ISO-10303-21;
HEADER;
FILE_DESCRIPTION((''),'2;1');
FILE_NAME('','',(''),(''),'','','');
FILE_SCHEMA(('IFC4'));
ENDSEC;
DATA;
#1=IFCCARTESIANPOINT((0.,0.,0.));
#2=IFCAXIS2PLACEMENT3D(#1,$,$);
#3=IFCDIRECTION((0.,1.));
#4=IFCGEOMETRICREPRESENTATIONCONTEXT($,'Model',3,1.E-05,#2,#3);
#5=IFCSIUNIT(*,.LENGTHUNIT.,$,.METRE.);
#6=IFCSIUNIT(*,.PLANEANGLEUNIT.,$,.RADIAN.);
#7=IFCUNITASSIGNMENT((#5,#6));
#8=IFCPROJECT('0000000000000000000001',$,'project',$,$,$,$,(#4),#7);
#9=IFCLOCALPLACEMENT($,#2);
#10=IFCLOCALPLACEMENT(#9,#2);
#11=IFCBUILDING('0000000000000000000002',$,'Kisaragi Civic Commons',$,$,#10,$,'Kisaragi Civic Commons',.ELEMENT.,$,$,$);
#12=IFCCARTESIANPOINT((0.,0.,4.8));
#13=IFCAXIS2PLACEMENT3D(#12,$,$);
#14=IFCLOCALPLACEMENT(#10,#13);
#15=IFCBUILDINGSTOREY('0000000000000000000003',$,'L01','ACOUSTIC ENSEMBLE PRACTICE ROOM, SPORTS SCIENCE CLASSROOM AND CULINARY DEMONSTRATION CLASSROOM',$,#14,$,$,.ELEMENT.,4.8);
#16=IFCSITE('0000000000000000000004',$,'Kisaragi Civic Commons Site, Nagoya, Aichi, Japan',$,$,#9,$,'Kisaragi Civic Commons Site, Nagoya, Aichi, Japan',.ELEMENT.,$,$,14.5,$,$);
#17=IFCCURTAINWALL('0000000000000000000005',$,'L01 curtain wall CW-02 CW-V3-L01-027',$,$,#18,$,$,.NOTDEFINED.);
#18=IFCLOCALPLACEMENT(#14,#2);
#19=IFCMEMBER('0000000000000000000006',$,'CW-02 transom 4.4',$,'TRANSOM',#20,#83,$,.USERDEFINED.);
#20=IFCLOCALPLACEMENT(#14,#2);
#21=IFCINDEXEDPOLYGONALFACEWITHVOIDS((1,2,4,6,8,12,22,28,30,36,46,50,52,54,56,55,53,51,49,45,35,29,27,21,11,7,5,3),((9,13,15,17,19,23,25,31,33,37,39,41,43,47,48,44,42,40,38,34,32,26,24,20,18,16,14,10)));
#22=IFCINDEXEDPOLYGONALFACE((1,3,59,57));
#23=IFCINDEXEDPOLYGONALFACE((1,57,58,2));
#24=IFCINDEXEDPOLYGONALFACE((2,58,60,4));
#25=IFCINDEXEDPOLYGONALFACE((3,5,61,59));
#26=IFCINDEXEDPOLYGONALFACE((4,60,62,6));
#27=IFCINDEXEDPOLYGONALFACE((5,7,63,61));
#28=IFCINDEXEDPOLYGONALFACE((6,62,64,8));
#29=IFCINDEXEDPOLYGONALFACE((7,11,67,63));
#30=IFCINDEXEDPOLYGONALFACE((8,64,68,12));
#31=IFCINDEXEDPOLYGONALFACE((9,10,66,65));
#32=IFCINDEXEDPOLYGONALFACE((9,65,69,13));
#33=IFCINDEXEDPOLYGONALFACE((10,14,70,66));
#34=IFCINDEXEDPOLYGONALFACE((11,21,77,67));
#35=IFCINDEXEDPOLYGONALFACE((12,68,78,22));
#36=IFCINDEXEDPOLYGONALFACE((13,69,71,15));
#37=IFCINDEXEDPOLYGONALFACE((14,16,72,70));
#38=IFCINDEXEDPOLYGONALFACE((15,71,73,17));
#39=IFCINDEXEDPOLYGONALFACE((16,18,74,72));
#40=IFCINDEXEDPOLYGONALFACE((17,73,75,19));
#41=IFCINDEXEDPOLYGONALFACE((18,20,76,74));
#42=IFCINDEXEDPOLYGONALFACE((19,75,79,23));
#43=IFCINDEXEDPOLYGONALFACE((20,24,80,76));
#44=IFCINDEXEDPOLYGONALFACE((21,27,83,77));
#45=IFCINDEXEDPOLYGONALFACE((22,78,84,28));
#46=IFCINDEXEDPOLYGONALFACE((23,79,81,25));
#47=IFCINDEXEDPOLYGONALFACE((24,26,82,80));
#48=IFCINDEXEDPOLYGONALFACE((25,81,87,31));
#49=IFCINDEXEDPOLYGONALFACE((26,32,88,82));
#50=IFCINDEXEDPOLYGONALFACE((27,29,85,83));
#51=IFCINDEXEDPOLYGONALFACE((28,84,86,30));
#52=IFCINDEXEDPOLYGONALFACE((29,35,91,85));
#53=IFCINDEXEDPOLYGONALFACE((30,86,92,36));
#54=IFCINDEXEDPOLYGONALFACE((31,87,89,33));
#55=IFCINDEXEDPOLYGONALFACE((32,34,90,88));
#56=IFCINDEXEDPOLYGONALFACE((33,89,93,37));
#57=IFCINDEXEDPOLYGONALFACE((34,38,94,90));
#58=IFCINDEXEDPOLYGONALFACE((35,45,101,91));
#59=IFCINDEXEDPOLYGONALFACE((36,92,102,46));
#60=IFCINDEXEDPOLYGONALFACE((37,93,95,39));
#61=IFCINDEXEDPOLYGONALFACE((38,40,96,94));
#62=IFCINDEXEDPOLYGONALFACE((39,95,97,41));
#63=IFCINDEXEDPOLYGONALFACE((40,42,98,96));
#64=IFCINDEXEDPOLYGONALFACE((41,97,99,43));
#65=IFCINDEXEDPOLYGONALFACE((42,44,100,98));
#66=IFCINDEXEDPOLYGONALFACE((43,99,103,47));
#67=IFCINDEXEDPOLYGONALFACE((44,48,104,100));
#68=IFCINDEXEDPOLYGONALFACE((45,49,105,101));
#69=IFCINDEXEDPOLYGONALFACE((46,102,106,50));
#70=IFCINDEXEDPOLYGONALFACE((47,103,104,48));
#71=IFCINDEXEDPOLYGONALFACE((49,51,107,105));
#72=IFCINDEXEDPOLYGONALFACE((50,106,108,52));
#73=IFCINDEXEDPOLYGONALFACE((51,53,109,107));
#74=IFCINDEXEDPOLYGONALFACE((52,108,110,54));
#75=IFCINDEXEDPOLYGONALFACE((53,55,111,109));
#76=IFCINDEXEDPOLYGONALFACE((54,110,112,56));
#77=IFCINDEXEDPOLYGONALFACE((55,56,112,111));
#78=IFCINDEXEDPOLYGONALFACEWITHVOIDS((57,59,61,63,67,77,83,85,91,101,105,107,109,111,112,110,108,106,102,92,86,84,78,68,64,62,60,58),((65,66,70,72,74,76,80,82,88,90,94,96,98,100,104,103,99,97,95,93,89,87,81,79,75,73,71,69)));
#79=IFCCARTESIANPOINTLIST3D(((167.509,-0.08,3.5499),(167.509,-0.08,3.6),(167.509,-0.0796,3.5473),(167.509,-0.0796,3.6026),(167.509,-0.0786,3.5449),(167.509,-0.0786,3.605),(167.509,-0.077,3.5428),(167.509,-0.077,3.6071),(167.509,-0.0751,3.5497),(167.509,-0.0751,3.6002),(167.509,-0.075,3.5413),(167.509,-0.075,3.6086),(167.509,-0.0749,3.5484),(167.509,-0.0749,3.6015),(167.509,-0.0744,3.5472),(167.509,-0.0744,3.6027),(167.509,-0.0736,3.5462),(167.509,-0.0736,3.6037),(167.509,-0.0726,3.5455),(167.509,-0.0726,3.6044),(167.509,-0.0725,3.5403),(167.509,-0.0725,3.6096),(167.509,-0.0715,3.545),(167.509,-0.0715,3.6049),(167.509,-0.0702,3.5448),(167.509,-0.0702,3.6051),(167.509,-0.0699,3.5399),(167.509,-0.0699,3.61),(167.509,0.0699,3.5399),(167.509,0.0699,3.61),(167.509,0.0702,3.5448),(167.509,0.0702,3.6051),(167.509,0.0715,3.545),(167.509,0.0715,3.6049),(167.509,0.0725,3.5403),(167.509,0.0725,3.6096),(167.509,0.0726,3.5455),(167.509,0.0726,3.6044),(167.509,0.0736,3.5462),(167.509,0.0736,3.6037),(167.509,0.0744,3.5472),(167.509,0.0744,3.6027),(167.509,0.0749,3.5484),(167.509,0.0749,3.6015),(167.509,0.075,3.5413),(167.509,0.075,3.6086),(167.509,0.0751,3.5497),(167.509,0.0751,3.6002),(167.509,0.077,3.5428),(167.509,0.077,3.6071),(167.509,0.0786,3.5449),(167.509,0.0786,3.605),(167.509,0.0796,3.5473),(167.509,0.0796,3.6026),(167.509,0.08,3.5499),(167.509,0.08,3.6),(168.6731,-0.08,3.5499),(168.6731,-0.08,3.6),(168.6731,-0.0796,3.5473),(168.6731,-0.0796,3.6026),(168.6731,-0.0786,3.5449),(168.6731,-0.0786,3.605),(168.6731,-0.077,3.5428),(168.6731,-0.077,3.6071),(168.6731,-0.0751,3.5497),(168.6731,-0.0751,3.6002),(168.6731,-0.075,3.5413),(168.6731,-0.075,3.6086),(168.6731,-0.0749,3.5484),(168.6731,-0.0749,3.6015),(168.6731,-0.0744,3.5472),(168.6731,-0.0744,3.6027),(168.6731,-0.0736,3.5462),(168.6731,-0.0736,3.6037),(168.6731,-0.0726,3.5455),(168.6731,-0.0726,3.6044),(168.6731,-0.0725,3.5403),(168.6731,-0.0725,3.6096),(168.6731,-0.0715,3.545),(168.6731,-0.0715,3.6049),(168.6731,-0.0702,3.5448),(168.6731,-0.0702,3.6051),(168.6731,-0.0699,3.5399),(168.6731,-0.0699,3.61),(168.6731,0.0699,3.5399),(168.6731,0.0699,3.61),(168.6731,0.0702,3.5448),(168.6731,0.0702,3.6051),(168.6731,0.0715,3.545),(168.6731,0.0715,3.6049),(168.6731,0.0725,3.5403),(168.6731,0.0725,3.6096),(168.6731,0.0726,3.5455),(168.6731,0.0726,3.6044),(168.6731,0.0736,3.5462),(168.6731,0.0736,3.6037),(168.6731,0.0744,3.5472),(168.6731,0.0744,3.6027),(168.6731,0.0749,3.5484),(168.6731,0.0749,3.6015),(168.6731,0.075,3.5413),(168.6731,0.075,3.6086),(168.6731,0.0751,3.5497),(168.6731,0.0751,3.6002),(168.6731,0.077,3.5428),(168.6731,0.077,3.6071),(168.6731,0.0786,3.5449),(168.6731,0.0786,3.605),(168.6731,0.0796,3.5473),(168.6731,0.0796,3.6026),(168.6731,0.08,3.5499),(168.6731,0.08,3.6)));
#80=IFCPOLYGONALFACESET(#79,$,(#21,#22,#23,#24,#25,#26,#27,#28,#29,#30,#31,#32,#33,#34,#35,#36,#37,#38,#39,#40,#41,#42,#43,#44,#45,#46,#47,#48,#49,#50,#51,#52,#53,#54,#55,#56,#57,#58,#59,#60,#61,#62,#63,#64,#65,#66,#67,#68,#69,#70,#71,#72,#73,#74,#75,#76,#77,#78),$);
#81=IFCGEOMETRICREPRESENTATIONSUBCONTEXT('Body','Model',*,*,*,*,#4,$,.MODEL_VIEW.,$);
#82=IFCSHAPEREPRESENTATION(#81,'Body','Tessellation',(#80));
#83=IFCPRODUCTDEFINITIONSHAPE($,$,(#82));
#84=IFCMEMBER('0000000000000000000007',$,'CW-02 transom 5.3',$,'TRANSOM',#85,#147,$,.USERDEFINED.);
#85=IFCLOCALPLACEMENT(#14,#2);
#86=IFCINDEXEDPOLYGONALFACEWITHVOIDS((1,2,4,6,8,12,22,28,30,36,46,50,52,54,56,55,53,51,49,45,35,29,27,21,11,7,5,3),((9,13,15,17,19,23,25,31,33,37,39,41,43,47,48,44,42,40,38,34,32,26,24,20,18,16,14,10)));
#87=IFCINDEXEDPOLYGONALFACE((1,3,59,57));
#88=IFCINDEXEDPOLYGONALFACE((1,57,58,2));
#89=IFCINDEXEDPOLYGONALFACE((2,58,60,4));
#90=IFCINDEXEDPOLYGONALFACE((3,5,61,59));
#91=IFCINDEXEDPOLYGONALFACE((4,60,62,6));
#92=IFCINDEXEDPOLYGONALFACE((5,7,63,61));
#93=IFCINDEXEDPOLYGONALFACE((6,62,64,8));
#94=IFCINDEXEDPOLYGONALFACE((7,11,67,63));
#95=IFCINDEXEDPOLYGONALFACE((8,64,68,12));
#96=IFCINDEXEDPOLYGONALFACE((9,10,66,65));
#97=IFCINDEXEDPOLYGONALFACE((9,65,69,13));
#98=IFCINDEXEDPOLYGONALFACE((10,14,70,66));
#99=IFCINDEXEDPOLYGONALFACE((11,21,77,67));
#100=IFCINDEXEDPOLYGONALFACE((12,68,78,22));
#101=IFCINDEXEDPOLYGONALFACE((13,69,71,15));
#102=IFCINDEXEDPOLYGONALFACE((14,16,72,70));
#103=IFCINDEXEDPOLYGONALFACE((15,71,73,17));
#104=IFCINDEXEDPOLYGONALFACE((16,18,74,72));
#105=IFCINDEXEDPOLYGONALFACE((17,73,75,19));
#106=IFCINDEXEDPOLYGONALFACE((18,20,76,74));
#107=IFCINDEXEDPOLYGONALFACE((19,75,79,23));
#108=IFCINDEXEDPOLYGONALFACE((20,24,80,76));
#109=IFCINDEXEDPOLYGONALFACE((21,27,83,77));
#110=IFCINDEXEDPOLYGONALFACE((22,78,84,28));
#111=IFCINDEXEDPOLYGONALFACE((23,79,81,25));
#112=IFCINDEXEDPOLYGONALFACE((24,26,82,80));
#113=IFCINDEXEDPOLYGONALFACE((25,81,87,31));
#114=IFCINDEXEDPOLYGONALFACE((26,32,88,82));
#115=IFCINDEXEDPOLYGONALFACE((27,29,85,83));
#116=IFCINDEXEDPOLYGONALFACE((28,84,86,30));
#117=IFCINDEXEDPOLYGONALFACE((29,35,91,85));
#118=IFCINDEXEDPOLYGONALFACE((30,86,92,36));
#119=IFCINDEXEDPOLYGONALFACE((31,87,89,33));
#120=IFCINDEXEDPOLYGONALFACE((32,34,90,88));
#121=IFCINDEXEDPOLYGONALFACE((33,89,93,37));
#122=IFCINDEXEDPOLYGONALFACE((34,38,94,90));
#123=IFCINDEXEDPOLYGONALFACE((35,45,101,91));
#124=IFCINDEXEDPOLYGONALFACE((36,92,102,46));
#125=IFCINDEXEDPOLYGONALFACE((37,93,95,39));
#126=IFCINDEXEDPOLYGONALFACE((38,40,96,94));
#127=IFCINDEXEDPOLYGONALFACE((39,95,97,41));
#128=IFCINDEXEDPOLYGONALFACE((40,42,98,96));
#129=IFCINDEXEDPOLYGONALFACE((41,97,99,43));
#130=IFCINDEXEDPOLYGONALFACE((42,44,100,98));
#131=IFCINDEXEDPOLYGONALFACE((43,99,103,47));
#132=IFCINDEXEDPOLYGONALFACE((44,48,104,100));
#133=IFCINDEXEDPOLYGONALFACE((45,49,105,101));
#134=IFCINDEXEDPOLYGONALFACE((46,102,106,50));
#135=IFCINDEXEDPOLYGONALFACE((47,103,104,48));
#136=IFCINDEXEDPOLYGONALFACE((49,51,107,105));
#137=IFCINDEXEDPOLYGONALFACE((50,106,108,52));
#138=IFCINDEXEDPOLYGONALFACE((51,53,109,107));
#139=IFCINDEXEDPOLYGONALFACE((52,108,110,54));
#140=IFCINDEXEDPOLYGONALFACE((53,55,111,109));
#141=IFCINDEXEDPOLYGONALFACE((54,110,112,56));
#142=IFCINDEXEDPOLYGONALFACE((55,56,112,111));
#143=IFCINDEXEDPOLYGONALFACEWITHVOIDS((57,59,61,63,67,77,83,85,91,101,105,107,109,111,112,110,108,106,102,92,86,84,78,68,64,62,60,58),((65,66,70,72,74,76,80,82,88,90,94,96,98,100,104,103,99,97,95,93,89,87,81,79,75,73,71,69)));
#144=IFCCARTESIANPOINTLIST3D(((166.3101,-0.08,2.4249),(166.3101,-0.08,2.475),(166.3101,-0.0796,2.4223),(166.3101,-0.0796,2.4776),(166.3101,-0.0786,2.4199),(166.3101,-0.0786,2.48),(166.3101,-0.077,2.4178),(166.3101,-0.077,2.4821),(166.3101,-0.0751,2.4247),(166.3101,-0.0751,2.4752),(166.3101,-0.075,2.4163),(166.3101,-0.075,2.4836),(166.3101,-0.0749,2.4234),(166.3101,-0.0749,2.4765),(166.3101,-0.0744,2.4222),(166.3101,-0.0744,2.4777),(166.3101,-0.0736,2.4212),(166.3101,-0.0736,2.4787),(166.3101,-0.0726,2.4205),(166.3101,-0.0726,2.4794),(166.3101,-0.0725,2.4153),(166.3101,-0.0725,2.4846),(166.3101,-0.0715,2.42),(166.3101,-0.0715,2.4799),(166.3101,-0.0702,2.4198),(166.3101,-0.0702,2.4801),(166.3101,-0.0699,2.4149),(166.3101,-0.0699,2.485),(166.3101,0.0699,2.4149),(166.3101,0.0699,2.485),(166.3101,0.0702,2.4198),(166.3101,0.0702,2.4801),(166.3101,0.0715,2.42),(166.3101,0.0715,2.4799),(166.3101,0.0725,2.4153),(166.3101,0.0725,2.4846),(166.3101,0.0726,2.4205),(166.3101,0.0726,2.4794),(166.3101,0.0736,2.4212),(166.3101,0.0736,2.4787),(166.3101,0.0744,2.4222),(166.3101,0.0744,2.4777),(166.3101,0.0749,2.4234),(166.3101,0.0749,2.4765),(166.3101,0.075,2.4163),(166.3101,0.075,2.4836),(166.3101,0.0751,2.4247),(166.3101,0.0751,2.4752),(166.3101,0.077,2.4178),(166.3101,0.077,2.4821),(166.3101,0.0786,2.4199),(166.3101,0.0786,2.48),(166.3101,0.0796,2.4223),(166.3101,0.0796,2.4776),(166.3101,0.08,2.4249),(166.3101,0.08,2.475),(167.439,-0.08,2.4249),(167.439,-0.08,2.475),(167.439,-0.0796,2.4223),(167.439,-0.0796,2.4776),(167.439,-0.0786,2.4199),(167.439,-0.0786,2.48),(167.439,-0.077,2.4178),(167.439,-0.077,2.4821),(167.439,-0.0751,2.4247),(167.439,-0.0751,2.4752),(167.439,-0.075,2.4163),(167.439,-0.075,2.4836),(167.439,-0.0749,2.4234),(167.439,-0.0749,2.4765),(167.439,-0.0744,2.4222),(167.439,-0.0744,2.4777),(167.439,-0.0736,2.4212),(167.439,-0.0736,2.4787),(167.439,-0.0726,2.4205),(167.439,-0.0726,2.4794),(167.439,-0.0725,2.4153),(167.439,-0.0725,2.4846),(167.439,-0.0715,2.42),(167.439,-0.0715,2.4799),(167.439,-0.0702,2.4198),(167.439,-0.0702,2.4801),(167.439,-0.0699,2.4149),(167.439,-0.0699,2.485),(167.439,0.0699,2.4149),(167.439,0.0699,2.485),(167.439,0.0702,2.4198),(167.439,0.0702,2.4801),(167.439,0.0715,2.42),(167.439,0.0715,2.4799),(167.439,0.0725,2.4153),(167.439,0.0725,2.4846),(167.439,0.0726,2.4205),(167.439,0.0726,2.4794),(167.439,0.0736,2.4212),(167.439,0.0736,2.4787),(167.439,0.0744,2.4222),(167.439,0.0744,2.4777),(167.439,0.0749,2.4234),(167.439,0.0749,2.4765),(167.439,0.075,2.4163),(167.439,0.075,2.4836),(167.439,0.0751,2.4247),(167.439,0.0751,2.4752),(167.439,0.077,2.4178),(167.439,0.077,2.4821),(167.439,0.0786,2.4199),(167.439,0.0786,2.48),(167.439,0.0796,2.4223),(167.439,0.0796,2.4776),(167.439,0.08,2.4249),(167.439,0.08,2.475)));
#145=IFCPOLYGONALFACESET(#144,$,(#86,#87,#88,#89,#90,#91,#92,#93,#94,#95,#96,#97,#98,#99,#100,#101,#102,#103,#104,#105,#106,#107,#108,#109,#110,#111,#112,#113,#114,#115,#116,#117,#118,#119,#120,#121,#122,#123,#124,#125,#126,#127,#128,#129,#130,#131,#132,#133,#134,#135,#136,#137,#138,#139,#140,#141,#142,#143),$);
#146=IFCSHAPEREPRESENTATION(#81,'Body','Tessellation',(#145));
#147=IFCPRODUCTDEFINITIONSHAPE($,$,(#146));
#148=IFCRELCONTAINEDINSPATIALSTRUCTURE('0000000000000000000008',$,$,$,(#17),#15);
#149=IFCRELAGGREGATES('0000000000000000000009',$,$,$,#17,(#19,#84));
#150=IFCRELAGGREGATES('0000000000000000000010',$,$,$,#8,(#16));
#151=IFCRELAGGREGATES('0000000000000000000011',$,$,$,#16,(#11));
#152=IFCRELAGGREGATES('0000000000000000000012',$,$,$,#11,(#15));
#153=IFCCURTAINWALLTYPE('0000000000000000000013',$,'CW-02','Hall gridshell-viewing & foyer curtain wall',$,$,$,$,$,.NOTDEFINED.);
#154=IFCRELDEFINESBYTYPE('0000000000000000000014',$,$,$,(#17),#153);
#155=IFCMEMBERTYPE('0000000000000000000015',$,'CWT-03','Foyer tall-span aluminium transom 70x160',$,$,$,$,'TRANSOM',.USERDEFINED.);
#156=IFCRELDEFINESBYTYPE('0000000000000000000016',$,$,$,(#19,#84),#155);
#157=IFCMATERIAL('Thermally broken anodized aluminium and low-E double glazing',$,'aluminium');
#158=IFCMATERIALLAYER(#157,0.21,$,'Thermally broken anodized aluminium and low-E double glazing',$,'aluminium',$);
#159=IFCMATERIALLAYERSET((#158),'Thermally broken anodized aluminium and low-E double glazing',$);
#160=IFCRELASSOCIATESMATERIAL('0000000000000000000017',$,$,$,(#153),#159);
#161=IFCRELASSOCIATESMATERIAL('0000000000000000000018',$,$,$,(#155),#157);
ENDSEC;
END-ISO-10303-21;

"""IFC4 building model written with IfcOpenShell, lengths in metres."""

from ifc_helpers import new_model, si_unit, direction, frame, origin, origin_2d, place, context, subcontext, project, spatial, hollow_rectangle, extrude, material, layer, layer_set, material_profile, profile_set, type_object, element, aggregate, save


model = new_model("IFC4")

# Units and contexts
model_context = context("Model", 3, precision=1e-05, world=origin(), true_north=direction((0.0, 1.0)))
body_context = subcontext(model_context, "Body", "Model", "MODEL_VIEW")
ifc_project = project(units=[si_unit("LENGTHUNIT", "METRE"), si_unit("PLANEANGLEUNIT", "RADIAN")], contexts=[model_context])

# Site, building, storey
site_placement = place(None, origin())
site = spatial("IfcSite", under=ifc_project, at=site_placement, Name="Kisaragi Civic Commons Site, Nagoya, Aichi, Japan", LongName="Kisaragi Civic Commons Site, Nagoya, Aichi, Japan", CompositionType="ELEMENT", RefElevation=14.5)
building_placement = place(site_placement, origin())
building = spatial("IfcBuilding", under=site, at=building_placement, Name="Kisaragi Civic Commons", LongName="Kisaragi Civic Commons", CompositionType="ELEMENT")
storey_placement = place(building_placement, frame((0.0, 0.0, 4.8)))
storey = spatial("IfcBuildingStorey", under=building, at=storey_placement, Name="L01", Description="ACOUSTIC ENSEMBLE PRACTICE ROOM, SPORTS SCIENCE CLASSROOM AND CULINARY DEMONSTRATION CLASSROOM", CompositionType="ELEMENT", Elevation=4.8)

# Curtain wall, members
ifc_material = material(Name="Thermally broken anodized aluminium and low-E double glazing", Category="aluminium")
ifc_layer_1 = layer(ifc_material, 0.21, Name="Thermally broken anodized aluminium and low-E double glazing", Category="aluminium")
ifc_layer_set_1 = layer_set([ifc_layer_1], Name="Thermally broken anodized aluminium and low-E double glazing")
curtain_wall_type = type_object("IfcCurtainWallType", Name="CW-02", Description="Hall gridshell-viewing & foyer curtain wall", PredefinedType="NOTDEFINED", material=ifc_layer_set_1)
curtain_wall_placement = place(storey_placement, origin())
curtain_wall = element("IfcCurtainWall", 1, at=curtain_wall_placement, inside=storey, type_object=curtain_wall_type, Name="L01 curtain wall CW-02 CW-V3-L01-027", PredefinedType="NOTDEFINED")
ifc_material_profile_1 = material_profile(ifc_material, hollow_rectangle(XDim=0.1599, YDim=0.0701, WallThickness=0.0049, InnerFilletRadius=0.0049, OuterFilletRadius=0.01, at=origin_2d()), Name="CWT-70x160x5", Category="aluminium")
ifc_profile_set_1 = profile_set([ifc_material_profile_1], Name="Thermally broken anodized aluminium and low-E double glazing")
member_type_1 = type_object("IfcMemberType", Name="CWT-03", Description="Foyer tall-span aluminium transom 70x160", ElementType="TRANSOM", PredefinedType="USERDEFINED", material=ifc_profile_set_1)
member_1_placement = place(storey_placement, frame((168.6731, 0.0, 3.575), z_axis=(-1.0, 0.0, 0.0), x_axis=(0.0, -1.0, 0.0)))
member_1 = element("IfcMember", 2, at=member_1_placement, type_object=member_type_1, Name="CW-02 transom 4.4", ObjectType="TRANSOM", PredefinedType="USERDEFINED", context=body_context, shape_type="SweptSolid", body=[
    extrude(hollow_rectangle(XDim=0.1599, YDim=0.0701, WallThickness=0.0049, InnerFilletRadius=0.0049, OuterFilletRadius=0.01, at=origin_2d()), origin(), (0.0, 0.0, 1.0), 1.1641),
])
member_2_placement = place(storey_placement, frame((167.439, 0.0, 2.45), z_axis=(-1.0, 0.0, 0.0), x_axis=(0.0, -1.0, 0.0)))
member_2 = element("IfcMember", 3, at=member_2_placement, type_object=member_type_1, Name="CW-02 transom 5.3", ObjectType="TRANSOM", PredefinedType="USERDEFINED", context=body_context, shape_type="SweptSolid", body=[
    extrude(hollow_rectangle(XDim=0.1599, YDim=0.0701, WallThickness=0.0049, InnerFilletRadius=0.0049, OuterFilletRadius=0.01, at=origin_2d()), origin(), (0.0, 0.0, 1.0), 1.1289),
])
aggregate(curtain_wall, [member_1, member_2])

save(model, "model.ifc")
